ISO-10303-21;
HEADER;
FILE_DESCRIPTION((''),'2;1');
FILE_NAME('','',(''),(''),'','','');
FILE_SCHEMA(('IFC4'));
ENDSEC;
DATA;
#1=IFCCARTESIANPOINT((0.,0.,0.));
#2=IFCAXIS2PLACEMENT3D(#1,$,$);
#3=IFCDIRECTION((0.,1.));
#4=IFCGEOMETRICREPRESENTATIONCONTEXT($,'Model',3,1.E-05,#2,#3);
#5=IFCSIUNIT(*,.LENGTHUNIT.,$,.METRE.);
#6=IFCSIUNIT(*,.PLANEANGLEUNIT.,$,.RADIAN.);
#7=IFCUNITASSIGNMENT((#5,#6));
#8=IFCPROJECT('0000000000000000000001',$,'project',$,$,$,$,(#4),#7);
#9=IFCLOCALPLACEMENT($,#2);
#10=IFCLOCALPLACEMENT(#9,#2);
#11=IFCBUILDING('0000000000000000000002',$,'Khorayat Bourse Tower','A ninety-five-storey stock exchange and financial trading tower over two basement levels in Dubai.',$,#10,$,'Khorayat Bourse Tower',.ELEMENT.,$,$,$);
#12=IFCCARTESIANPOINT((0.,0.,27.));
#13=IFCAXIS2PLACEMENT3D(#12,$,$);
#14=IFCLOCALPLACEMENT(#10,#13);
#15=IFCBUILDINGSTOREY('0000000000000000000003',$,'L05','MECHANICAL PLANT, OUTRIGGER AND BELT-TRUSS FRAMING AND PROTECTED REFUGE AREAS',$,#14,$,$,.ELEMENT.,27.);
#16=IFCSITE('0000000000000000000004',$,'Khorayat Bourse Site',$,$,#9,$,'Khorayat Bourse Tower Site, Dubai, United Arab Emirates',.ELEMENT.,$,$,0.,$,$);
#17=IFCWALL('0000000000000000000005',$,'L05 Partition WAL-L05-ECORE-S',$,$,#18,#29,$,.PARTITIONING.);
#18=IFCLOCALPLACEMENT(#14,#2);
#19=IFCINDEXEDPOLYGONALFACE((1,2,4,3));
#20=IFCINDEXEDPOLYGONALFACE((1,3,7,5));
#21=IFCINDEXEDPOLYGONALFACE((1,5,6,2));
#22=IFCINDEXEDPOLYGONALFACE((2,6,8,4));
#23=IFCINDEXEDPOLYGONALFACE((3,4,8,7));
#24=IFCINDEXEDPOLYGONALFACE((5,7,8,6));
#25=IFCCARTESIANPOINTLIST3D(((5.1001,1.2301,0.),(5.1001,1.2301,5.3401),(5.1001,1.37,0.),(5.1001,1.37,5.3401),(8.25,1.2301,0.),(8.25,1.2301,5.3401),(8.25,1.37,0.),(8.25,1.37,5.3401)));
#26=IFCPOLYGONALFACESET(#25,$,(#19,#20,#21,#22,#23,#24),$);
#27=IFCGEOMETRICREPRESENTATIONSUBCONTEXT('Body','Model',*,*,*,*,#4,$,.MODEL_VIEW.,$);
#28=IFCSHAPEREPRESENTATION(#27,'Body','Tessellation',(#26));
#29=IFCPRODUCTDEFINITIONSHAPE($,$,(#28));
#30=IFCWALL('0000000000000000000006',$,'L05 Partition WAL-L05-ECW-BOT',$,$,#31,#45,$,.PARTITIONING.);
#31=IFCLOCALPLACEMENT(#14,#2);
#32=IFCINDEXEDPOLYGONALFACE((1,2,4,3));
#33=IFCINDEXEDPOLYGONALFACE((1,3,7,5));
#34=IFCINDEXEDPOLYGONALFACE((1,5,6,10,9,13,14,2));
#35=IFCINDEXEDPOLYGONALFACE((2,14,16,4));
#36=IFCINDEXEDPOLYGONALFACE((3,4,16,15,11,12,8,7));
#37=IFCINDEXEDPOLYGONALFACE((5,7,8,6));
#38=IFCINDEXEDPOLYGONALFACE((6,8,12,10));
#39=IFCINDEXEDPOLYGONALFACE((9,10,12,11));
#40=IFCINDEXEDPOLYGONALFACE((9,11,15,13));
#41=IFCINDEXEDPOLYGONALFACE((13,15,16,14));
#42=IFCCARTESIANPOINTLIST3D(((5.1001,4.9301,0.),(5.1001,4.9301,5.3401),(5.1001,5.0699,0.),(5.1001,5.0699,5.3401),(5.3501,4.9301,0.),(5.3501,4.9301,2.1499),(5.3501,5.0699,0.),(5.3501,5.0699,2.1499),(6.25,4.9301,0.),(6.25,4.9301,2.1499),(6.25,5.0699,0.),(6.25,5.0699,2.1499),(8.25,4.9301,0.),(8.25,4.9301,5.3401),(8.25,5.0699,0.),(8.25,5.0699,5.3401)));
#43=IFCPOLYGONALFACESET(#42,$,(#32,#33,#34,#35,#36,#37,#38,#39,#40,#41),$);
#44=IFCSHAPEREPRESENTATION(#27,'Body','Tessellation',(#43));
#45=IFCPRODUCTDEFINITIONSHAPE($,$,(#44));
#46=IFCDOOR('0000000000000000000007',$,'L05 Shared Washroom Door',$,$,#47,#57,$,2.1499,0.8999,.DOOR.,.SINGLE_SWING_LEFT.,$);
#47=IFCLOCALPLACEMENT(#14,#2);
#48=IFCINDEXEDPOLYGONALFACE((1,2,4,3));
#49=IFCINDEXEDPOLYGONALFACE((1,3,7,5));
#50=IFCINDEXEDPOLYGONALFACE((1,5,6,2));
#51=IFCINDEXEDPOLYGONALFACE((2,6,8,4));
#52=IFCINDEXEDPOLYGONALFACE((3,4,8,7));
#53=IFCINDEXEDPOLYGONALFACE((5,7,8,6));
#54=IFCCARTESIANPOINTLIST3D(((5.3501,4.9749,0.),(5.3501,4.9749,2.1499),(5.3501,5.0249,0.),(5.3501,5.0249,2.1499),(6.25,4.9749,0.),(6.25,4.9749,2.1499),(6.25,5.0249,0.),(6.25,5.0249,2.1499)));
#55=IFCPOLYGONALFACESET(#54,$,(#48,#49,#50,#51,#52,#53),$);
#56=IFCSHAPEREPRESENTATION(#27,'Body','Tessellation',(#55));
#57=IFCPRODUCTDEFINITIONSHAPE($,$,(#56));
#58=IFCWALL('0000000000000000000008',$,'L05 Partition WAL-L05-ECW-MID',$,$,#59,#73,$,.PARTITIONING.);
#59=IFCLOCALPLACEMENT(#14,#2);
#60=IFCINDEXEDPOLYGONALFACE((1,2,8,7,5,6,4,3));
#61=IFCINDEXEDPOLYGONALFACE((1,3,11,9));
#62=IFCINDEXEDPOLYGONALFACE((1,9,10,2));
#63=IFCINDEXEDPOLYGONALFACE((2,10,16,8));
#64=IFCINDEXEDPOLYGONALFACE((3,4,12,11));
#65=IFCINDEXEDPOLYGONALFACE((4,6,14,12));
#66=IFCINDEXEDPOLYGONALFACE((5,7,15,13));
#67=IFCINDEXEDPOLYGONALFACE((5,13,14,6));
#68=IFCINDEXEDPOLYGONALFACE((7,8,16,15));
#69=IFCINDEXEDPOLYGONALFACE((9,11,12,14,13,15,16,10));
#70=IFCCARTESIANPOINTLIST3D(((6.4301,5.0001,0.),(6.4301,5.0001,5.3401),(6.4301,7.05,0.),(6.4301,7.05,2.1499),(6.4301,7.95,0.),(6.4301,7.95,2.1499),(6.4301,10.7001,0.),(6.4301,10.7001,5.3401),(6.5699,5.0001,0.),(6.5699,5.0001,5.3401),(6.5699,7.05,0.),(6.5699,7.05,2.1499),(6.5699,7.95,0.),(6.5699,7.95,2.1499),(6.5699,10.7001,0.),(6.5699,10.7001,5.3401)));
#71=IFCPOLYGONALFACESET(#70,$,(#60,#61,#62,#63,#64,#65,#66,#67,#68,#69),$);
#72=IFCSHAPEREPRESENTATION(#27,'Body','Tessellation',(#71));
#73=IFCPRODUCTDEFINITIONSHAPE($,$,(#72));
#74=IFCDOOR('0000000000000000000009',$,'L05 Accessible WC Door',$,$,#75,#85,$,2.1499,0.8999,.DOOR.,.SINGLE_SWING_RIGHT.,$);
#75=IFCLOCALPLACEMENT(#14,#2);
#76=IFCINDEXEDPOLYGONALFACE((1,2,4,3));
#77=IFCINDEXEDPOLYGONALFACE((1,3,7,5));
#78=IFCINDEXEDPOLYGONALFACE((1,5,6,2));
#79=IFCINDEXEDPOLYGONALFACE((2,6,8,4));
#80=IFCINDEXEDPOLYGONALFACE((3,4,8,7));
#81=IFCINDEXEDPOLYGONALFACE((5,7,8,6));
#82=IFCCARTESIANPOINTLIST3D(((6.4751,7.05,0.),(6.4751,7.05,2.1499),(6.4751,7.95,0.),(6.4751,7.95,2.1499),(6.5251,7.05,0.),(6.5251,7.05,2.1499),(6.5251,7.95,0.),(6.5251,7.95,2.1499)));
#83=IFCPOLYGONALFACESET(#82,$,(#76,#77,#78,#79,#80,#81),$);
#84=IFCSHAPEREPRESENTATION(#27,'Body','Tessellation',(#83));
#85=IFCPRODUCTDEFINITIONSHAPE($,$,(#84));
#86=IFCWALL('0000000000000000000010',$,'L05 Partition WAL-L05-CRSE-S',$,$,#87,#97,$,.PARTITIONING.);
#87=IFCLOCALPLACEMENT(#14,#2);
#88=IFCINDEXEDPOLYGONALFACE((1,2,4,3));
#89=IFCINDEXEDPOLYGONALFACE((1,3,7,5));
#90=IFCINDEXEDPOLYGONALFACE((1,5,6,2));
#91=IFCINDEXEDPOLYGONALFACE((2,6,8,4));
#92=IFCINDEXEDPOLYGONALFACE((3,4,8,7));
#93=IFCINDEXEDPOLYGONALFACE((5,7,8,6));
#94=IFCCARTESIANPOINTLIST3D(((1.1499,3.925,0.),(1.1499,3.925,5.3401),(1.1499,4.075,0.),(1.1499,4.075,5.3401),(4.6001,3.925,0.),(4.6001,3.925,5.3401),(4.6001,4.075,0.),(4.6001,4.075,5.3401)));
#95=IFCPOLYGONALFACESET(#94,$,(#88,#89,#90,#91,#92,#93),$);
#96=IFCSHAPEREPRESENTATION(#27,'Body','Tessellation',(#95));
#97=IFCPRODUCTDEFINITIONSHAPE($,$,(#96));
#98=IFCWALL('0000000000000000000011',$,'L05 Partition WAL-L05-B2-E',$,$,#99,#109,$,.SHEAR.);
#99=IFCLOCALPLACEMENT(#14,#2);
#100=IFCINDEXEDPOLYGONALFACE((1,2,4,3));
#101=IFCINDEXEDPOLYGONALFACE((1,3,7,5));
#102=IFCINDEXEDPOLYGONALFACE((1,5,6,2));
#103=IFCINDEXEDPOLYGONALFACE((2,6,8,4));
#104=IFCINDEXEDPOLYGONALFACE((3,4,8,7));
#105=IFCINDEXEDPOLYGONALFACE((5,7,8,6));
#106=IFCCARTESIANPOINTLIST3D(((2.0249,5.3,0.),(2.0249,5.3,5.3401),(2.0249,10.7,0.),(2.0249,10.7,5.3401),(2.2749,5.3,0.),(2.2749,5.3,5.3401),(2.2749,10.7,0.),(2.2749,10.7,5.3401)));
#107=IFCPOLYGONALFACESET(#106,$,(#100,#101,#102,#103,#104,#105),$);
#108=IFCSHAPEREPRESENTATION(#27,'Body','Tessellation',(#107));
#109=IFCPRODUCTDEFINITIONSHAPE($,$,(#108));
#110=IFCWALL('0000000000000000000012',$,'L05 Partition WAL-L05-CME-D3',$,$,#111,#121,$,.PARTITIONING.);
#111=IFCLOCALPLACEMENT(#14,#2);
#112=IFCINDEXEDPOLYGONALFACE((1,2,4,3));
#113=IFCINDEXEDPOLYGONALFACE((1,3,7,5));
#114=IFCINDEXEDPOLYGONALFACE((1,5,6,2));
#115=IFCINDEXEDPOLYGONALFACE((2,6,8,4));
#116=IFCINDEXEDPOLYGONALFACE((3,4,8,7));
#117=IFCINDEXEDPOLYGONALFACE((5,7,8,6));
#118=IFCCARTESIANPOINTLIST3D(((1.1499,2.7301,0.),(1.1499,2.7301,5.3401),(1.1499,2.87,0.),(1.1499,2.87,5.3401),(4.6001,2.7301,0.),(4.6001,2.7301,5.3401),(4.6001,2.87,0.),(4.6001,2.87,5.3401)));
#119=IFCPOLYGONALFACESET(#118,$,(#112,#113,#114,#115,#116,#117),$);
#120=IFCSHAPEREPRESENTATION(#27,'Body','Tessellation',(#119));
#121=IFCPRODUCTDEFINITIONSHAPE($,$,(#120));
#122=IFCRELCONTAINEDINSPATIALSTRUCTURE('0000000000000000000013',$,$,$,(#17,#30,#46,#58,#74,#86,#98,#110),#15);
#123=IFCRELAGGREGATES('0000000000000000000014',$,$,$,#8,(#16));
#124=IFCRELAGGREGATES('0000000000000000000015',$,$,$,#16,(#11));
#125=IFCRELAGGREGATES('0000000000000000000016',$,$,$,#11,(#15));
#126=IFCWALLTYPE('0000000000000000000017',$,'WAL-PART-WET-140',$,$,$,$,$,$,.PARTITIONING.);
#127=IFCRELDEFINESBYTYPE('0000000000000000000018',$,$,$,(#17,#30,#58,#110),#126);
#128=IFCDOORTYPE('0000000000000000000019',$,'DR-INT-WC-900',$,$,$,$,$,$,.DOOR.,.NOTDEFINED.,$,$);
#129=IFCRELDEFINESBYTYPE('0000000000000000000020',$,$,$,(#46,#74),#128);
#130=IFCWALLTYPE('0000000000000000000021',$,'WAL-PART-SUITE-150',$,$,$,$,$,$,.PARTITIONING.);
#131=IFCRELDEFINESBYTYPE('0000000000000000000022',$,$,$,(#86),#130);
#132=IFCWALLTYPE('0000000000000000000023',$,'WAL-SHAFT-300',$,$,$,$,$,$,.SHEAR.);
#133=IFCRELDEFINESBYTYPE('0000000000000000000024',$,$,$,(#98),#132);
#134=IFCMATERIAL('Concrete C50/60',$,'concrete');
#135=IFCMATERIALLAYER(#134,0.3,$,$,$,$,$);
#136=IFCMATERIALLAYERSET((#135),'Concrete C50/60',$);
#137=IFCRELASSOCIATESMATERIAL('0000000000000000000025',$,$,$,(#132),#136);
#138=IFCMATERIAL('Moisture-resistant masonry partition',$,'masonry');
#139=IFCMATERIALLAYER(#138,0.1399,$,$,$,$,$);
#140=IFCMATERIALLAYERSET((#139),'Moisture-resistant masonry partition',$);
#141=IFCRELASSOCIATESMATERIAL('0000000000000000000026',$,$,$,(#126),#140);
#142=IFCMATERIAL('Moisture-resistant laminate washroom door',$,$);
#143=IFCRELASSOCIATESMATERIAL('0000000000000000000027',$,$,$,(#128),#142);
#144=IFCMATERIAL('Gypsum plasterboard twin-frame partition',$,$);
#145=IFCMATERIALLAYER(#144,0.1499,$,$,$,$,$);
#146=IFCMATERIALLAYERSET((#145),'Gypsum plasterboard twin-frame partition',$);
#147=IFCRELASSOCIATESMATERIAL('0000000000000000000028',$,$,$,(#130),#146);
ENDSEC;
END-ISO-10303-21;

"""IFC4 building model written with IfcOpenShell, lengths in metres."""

from ifc_helpers import new_model, si_unit, direction, frame, frame_2d, origin, place, context, subcontext, project, spatial, rectangle, extrude, source, transform, mapped, material, layer, layer_set, type_object, element, fill, save


model = new_model("IFC4")

# Units and contexts
model_context = context("Model", 3, precision=1e-05, world=origin(), true_north=direction((0.0, 1.0)))
body_context = subcontext(model_context, "Body", "Model", "MODEL_VIEW")
ifc_project = project(units=[si_unit("LENGTHUNIT", "METRE"), si_unit("PLANEANGLEUNIT", "RADIAN")], contexts=[model_context])

# Site, building, storey
site_placement = place(None, origin())
site = spatial("IfcSite", under=ifc_project, at=site_placement, Name="Khorayat Bourse Site", LongName="Khorayat Bourse Tower Site, Dubai, United Arab Emirates", CompositionType="ELEMENT", RefElevation=0.0)
building_placement = place(site_placement, origin())
building = spatial("IfcBuilding", under=site, at=building_placement, Name="Khorayat Bourse Tower", Description="A ninety-five-storey stock exchange and financial trading tower over two basement levels in Dubai.", LongName="Khorayat Bourse Tower", CompositionType="ELEMENT")
storey_placement = place(building_placement, frame((0.0, 0.0, 27.0)))
storey = spatial("IfcBuildingStorey", under=building, at=storey_placement, Name="L05", Description="MECHANICAL PLANT, OUTRIGGER AND BELT-TRUSS FRAMING AND PROTECTED REFUGE AREAS", CompositionType="ELEMENT", Elevation=27.0)

# Wall
ifc_material_1 = material(Name="Concrete C50/60", Category="concrete")
ifc_layer_1 = layer(ifc_material_1, 0.3)
ifc_layer_set_1 = layer_set([ifc_layer_1], Name="Concrete C50/60")
wall_type_1 = type_object("IfcWallType", Name="WAL-SHAFT-300", PredefinedType="SHEAR", material=ifc_layer_set_1)
ifc_material_2 = material(Name="Moisture-resistant masonry partition", Category="masonry")
ifc_layer_2 = layer(ifc_material_2, 0.1399)
ifc_layer_set_2 = layer_set([ifc_layer_2], Name="Moisture-resistant masonry partition")
wall_type_2 = type_object("IfcWallType", Name="WAL-PART-WET-140", PredefinedType="PARTITIONING", material=ifc_layer_set_2)
shared_shape_1 = source(origin(), body_context, "Body", "SweptSolid", [
    extrude(rectangle(XDim=3.1499, YDim=0.1399, at=frame_2d((1.575, 0.0))), origin(), (0.0, 0.0, 1.0), 5.3401),
])
wall_1_placement = place(storey_placement, frame((5.1001, 1.3, 0.0), z_axis=(0.0, 0.0, 1.0), x_axis=(1.0, 0.0, 0.0)))
element("IfcWall", 1, at=wall_1_placement, inside=storey, type_object=wall_type_2, Name="L05 Partition WAL-L05-ECORE-S", PredefinedType="PARTITIONING", context=body_context, shape_type="MappedRepresentation", body=[
    mapped(shared_shape_1, transform((0.0, 0.0, 0.0), scale=1.0)),
])

# Walls, openings, doors
wall_2_placement = place(storey_placement, frame((5.1001, 5.0, 0.0), z_axis=(0.0, 0.0, 1.0), x_axis=(1.0, 0.0, 0.0)))
wall_2 = element("IfcWall", 2, at=wall_2_placement, inside=storey, type_object=wall_type_2, Name="L05 Partition WAL-L05-ECW-BOT", PredefinedType="PARTITIONING", context=body_context, shape_type="MappedRepresentation", body=[
    mapped(shared_shape_1, transform((0.0, 0.0, 0.0), scale=1.0)),
])
shared_shape_2 = source(origin(), body_context, "Body", "SweptSolid", [
    extrude(rectangle(XDim=0.8999, YDim=2.1499, at=frame_2d((0.45, 1.075))), frame((0.0, 0.0798, 0.0), z_axis=(0.0, -1.0, 0.0), x_axis=(1.0, 0.0, 0.0)), (0.0, 0.0, 1.0), 0.1599),
])
opening_1_placement = place(wall_2_placement, frame((0.25, 0.0, 0.0)))
opening_1 = element("IfcOpeningElement", 3, at=opening_1_placement, cuts=wall_2, PredefinedType="OPENING", context=body_context, shape_type="MappedRepresentation", body=[
    mapped(shared_shape_2, transform((0.0, 0.0, 0.0), scale=1.0)),
])
ifc_material_3 = material(Name="Moisture-resistant laminate washroom door")
door_type = type_object("IfcDoorType", Name="DR-INT-WC-900", OperationType="NOTDEFINED", PredefinedType="DOOR", material=ifc_material_3)
shared_shape_3 = source(origin(), body_context, "Body", "SweptSolid", [
    extrude(rectangle(XDim=0.8999, YDim=2.1499, at=frame_2d((0.45, 1.075))), frame((0.0, 0.0249, 0.0), z_axis=(0.0, -1.0, 0.0), x_axis=(1.0, 0.0, 0.0)), (0.0, 0.0, 1.0), 0.05),
])
door_1_placement = place(opening_1_placement, origin())
door_1 = element("IfcDoor", 4, at=door_1_placement, inside=storey, type_object=door_type, Name="L05 Shared Washroom Door", OperationType="SINGLE_SWING_LEFT", OverallHeight=2.1499, OverallWidth=0.8999, PredefinedType="DOOR", context=body_context, shape_type="MappedRepresentation", body=[
    mapped(shared_shape_3, transform((0.0, 0.0, 0.0), scale=1.0)),
])
fill(opening_1, door_1)
shared_shape_4 = source(origin(), body_context, "Body", "SweptSolid", [
    extrude(rectangle(XDim=5.7, YDim=0.1399, at=frame_2d((2.8501, 0.0))), origin(), (0.0, 0.0, 1.0), 5.3401),
])
wall_3_placement = place(storey_placement, frame((6.5, 5.0, 0.0), z_axis=(0.0, 0.0, 1.0), x_axis=(0.0, 1.0, 0.0)))
wall_3 = element("IfcWall", 5, at=wall_3_placement, inside=storey, type_object=wall_type_2, Name="L05 Partition WAL-L05-ECW-MID", PredefinedType="PARTITIONING", context=body_context, shape_type="MappedRepresentation", body=[
    mapped(shared_shape_4, transform((0.0, 0.0, 0.0), scale=1.0)),
])
opening_2_placement = place(wall_3_placement, frame((2.05, 0.0, 0.0)))
opening_2 = element("IfcOpeningElement", 6, at=opening_2_placement, cuts=wall_3, PredefinedType="OPENING", context=body_context, shape_type="MappedRepresentation", body=[
    mapped(shared_shape_2, transform((0.0, 0.0, 0.0), scale=1.0)),
])
door_2_placement = place(opening_2_placement, origin())
door_2 = element("IfcDoor", 7, at=door_2_placement, inside=storey, type_object=door_type, Name="L05 Accessible WC Door", OperationType="SINGLE_SWING_RIGHT", OverallHeight=2.1499, OverallWidth=0.8999, PredefinedType="DOOR", context=body_context, shape_type="MappedRepresentation", body=[
    mapped(shared_shape_3, transform((0.0, 0.0, 0.0), scale=1.0)),
])
fill(opening_2, door_2)

# Walls
ifc_material_4 = material(Name="Gypsum plasterboard twin-frame partition")
ifc_layer_3 = layer(ifc_material_4, 0.1499)
ifc_layer_set_3 = layer_set([ifc_layer_3], Name="Gypsum plasterboard twin-frame partition")
wall_type_3 = type_object("IfcWallType", Name="WAL-PART-SUITE-150", PredefinedType="PARTITIONING", material=ifc_layer_set_3)
shared_shape_5 = source(origin(), body_context, "Body", "SweptSolid", [
    extrude(rectangle(XDim=3.4502, YDim=0.1499, at=frame_2d((1.7251, 0.0))), origin(), (0.0, 0.0, 1.0), 5.3401),
])
wall_4_placement = place(storey_placement, frame((1.1499, 4.0, 0.0), z_axis=(0.0, 0.0, 1.0), x_axis=(1.0, 0.0, 0.0)))
element("IfcWall", 8, at=wall_4_placement, inside=storey, type_object=wall_type_3, Name="L05 Partition WAL-L05-CRSE-S", PredefinedType="PARTITIONING", context=body_context, shape_type="MappedRepresentation", body=[
    mapped(shared_shape_5, transform((0.0, 0.0, 0.0), scale=1.0)),
])
shared_shape_6 = source(origin(), body_context, "Body", "SweptSolid", [
    extrude(rectangle(XDim=5.3999, YDim=0.25, at=frame_2d((2.7, 0.0))), origin(), (0.0, 0.0, 1.0), 5.3401),
])
wall_5_placement = place(storey_placement, frame((2.1499, 5.3, 0.0), z_axis=(0.0, 0.0, 1.0), x_axis=(0.0, 1.0, 0.0)))
element("IfcWall", 9, at=wall_5_placement, inside=storey, type_object=wall_type_1, Name="L05 Partition WAL-L05-B2-E", PredefinedType="SHEAR", context=body_context, shape_type="MappedRepresentation", body=[
    mapped(shared_shape_6, transform((0.0, 0.0, 0.0), scale=1.0)),
])
shared_shape_7 = source(origin(), body_context, "Body", "SweptSolid", [
    extrude(rectangle(XDim=3.4502, YDim=0.1399, at=frame_2d((1.7251, 0.0))), origin(), (0.0, 0.0, 1.0), 5.3401),
])
wall_6_placement = place(storey_placement, frame((1.1499, 2.8, 0.0), z_axis=(0.0, 0.0, 1.0), x_axis=(1.0, 0.0, 0.0)))
element("IfcWall", 10, at=wall_6_placement, inside=storey, type_object=wall_type_2, Name="L05 Partition WAL-L05-CME-D3", PredefinedType="PARTITIONING", context=body_context, shape_type="MappedRepresentation", body=[
    mapped(shared_shape_7, transform((0.0, 0.0, 0.0), scale=1.0)),
])

save(model, "model.ifc")
